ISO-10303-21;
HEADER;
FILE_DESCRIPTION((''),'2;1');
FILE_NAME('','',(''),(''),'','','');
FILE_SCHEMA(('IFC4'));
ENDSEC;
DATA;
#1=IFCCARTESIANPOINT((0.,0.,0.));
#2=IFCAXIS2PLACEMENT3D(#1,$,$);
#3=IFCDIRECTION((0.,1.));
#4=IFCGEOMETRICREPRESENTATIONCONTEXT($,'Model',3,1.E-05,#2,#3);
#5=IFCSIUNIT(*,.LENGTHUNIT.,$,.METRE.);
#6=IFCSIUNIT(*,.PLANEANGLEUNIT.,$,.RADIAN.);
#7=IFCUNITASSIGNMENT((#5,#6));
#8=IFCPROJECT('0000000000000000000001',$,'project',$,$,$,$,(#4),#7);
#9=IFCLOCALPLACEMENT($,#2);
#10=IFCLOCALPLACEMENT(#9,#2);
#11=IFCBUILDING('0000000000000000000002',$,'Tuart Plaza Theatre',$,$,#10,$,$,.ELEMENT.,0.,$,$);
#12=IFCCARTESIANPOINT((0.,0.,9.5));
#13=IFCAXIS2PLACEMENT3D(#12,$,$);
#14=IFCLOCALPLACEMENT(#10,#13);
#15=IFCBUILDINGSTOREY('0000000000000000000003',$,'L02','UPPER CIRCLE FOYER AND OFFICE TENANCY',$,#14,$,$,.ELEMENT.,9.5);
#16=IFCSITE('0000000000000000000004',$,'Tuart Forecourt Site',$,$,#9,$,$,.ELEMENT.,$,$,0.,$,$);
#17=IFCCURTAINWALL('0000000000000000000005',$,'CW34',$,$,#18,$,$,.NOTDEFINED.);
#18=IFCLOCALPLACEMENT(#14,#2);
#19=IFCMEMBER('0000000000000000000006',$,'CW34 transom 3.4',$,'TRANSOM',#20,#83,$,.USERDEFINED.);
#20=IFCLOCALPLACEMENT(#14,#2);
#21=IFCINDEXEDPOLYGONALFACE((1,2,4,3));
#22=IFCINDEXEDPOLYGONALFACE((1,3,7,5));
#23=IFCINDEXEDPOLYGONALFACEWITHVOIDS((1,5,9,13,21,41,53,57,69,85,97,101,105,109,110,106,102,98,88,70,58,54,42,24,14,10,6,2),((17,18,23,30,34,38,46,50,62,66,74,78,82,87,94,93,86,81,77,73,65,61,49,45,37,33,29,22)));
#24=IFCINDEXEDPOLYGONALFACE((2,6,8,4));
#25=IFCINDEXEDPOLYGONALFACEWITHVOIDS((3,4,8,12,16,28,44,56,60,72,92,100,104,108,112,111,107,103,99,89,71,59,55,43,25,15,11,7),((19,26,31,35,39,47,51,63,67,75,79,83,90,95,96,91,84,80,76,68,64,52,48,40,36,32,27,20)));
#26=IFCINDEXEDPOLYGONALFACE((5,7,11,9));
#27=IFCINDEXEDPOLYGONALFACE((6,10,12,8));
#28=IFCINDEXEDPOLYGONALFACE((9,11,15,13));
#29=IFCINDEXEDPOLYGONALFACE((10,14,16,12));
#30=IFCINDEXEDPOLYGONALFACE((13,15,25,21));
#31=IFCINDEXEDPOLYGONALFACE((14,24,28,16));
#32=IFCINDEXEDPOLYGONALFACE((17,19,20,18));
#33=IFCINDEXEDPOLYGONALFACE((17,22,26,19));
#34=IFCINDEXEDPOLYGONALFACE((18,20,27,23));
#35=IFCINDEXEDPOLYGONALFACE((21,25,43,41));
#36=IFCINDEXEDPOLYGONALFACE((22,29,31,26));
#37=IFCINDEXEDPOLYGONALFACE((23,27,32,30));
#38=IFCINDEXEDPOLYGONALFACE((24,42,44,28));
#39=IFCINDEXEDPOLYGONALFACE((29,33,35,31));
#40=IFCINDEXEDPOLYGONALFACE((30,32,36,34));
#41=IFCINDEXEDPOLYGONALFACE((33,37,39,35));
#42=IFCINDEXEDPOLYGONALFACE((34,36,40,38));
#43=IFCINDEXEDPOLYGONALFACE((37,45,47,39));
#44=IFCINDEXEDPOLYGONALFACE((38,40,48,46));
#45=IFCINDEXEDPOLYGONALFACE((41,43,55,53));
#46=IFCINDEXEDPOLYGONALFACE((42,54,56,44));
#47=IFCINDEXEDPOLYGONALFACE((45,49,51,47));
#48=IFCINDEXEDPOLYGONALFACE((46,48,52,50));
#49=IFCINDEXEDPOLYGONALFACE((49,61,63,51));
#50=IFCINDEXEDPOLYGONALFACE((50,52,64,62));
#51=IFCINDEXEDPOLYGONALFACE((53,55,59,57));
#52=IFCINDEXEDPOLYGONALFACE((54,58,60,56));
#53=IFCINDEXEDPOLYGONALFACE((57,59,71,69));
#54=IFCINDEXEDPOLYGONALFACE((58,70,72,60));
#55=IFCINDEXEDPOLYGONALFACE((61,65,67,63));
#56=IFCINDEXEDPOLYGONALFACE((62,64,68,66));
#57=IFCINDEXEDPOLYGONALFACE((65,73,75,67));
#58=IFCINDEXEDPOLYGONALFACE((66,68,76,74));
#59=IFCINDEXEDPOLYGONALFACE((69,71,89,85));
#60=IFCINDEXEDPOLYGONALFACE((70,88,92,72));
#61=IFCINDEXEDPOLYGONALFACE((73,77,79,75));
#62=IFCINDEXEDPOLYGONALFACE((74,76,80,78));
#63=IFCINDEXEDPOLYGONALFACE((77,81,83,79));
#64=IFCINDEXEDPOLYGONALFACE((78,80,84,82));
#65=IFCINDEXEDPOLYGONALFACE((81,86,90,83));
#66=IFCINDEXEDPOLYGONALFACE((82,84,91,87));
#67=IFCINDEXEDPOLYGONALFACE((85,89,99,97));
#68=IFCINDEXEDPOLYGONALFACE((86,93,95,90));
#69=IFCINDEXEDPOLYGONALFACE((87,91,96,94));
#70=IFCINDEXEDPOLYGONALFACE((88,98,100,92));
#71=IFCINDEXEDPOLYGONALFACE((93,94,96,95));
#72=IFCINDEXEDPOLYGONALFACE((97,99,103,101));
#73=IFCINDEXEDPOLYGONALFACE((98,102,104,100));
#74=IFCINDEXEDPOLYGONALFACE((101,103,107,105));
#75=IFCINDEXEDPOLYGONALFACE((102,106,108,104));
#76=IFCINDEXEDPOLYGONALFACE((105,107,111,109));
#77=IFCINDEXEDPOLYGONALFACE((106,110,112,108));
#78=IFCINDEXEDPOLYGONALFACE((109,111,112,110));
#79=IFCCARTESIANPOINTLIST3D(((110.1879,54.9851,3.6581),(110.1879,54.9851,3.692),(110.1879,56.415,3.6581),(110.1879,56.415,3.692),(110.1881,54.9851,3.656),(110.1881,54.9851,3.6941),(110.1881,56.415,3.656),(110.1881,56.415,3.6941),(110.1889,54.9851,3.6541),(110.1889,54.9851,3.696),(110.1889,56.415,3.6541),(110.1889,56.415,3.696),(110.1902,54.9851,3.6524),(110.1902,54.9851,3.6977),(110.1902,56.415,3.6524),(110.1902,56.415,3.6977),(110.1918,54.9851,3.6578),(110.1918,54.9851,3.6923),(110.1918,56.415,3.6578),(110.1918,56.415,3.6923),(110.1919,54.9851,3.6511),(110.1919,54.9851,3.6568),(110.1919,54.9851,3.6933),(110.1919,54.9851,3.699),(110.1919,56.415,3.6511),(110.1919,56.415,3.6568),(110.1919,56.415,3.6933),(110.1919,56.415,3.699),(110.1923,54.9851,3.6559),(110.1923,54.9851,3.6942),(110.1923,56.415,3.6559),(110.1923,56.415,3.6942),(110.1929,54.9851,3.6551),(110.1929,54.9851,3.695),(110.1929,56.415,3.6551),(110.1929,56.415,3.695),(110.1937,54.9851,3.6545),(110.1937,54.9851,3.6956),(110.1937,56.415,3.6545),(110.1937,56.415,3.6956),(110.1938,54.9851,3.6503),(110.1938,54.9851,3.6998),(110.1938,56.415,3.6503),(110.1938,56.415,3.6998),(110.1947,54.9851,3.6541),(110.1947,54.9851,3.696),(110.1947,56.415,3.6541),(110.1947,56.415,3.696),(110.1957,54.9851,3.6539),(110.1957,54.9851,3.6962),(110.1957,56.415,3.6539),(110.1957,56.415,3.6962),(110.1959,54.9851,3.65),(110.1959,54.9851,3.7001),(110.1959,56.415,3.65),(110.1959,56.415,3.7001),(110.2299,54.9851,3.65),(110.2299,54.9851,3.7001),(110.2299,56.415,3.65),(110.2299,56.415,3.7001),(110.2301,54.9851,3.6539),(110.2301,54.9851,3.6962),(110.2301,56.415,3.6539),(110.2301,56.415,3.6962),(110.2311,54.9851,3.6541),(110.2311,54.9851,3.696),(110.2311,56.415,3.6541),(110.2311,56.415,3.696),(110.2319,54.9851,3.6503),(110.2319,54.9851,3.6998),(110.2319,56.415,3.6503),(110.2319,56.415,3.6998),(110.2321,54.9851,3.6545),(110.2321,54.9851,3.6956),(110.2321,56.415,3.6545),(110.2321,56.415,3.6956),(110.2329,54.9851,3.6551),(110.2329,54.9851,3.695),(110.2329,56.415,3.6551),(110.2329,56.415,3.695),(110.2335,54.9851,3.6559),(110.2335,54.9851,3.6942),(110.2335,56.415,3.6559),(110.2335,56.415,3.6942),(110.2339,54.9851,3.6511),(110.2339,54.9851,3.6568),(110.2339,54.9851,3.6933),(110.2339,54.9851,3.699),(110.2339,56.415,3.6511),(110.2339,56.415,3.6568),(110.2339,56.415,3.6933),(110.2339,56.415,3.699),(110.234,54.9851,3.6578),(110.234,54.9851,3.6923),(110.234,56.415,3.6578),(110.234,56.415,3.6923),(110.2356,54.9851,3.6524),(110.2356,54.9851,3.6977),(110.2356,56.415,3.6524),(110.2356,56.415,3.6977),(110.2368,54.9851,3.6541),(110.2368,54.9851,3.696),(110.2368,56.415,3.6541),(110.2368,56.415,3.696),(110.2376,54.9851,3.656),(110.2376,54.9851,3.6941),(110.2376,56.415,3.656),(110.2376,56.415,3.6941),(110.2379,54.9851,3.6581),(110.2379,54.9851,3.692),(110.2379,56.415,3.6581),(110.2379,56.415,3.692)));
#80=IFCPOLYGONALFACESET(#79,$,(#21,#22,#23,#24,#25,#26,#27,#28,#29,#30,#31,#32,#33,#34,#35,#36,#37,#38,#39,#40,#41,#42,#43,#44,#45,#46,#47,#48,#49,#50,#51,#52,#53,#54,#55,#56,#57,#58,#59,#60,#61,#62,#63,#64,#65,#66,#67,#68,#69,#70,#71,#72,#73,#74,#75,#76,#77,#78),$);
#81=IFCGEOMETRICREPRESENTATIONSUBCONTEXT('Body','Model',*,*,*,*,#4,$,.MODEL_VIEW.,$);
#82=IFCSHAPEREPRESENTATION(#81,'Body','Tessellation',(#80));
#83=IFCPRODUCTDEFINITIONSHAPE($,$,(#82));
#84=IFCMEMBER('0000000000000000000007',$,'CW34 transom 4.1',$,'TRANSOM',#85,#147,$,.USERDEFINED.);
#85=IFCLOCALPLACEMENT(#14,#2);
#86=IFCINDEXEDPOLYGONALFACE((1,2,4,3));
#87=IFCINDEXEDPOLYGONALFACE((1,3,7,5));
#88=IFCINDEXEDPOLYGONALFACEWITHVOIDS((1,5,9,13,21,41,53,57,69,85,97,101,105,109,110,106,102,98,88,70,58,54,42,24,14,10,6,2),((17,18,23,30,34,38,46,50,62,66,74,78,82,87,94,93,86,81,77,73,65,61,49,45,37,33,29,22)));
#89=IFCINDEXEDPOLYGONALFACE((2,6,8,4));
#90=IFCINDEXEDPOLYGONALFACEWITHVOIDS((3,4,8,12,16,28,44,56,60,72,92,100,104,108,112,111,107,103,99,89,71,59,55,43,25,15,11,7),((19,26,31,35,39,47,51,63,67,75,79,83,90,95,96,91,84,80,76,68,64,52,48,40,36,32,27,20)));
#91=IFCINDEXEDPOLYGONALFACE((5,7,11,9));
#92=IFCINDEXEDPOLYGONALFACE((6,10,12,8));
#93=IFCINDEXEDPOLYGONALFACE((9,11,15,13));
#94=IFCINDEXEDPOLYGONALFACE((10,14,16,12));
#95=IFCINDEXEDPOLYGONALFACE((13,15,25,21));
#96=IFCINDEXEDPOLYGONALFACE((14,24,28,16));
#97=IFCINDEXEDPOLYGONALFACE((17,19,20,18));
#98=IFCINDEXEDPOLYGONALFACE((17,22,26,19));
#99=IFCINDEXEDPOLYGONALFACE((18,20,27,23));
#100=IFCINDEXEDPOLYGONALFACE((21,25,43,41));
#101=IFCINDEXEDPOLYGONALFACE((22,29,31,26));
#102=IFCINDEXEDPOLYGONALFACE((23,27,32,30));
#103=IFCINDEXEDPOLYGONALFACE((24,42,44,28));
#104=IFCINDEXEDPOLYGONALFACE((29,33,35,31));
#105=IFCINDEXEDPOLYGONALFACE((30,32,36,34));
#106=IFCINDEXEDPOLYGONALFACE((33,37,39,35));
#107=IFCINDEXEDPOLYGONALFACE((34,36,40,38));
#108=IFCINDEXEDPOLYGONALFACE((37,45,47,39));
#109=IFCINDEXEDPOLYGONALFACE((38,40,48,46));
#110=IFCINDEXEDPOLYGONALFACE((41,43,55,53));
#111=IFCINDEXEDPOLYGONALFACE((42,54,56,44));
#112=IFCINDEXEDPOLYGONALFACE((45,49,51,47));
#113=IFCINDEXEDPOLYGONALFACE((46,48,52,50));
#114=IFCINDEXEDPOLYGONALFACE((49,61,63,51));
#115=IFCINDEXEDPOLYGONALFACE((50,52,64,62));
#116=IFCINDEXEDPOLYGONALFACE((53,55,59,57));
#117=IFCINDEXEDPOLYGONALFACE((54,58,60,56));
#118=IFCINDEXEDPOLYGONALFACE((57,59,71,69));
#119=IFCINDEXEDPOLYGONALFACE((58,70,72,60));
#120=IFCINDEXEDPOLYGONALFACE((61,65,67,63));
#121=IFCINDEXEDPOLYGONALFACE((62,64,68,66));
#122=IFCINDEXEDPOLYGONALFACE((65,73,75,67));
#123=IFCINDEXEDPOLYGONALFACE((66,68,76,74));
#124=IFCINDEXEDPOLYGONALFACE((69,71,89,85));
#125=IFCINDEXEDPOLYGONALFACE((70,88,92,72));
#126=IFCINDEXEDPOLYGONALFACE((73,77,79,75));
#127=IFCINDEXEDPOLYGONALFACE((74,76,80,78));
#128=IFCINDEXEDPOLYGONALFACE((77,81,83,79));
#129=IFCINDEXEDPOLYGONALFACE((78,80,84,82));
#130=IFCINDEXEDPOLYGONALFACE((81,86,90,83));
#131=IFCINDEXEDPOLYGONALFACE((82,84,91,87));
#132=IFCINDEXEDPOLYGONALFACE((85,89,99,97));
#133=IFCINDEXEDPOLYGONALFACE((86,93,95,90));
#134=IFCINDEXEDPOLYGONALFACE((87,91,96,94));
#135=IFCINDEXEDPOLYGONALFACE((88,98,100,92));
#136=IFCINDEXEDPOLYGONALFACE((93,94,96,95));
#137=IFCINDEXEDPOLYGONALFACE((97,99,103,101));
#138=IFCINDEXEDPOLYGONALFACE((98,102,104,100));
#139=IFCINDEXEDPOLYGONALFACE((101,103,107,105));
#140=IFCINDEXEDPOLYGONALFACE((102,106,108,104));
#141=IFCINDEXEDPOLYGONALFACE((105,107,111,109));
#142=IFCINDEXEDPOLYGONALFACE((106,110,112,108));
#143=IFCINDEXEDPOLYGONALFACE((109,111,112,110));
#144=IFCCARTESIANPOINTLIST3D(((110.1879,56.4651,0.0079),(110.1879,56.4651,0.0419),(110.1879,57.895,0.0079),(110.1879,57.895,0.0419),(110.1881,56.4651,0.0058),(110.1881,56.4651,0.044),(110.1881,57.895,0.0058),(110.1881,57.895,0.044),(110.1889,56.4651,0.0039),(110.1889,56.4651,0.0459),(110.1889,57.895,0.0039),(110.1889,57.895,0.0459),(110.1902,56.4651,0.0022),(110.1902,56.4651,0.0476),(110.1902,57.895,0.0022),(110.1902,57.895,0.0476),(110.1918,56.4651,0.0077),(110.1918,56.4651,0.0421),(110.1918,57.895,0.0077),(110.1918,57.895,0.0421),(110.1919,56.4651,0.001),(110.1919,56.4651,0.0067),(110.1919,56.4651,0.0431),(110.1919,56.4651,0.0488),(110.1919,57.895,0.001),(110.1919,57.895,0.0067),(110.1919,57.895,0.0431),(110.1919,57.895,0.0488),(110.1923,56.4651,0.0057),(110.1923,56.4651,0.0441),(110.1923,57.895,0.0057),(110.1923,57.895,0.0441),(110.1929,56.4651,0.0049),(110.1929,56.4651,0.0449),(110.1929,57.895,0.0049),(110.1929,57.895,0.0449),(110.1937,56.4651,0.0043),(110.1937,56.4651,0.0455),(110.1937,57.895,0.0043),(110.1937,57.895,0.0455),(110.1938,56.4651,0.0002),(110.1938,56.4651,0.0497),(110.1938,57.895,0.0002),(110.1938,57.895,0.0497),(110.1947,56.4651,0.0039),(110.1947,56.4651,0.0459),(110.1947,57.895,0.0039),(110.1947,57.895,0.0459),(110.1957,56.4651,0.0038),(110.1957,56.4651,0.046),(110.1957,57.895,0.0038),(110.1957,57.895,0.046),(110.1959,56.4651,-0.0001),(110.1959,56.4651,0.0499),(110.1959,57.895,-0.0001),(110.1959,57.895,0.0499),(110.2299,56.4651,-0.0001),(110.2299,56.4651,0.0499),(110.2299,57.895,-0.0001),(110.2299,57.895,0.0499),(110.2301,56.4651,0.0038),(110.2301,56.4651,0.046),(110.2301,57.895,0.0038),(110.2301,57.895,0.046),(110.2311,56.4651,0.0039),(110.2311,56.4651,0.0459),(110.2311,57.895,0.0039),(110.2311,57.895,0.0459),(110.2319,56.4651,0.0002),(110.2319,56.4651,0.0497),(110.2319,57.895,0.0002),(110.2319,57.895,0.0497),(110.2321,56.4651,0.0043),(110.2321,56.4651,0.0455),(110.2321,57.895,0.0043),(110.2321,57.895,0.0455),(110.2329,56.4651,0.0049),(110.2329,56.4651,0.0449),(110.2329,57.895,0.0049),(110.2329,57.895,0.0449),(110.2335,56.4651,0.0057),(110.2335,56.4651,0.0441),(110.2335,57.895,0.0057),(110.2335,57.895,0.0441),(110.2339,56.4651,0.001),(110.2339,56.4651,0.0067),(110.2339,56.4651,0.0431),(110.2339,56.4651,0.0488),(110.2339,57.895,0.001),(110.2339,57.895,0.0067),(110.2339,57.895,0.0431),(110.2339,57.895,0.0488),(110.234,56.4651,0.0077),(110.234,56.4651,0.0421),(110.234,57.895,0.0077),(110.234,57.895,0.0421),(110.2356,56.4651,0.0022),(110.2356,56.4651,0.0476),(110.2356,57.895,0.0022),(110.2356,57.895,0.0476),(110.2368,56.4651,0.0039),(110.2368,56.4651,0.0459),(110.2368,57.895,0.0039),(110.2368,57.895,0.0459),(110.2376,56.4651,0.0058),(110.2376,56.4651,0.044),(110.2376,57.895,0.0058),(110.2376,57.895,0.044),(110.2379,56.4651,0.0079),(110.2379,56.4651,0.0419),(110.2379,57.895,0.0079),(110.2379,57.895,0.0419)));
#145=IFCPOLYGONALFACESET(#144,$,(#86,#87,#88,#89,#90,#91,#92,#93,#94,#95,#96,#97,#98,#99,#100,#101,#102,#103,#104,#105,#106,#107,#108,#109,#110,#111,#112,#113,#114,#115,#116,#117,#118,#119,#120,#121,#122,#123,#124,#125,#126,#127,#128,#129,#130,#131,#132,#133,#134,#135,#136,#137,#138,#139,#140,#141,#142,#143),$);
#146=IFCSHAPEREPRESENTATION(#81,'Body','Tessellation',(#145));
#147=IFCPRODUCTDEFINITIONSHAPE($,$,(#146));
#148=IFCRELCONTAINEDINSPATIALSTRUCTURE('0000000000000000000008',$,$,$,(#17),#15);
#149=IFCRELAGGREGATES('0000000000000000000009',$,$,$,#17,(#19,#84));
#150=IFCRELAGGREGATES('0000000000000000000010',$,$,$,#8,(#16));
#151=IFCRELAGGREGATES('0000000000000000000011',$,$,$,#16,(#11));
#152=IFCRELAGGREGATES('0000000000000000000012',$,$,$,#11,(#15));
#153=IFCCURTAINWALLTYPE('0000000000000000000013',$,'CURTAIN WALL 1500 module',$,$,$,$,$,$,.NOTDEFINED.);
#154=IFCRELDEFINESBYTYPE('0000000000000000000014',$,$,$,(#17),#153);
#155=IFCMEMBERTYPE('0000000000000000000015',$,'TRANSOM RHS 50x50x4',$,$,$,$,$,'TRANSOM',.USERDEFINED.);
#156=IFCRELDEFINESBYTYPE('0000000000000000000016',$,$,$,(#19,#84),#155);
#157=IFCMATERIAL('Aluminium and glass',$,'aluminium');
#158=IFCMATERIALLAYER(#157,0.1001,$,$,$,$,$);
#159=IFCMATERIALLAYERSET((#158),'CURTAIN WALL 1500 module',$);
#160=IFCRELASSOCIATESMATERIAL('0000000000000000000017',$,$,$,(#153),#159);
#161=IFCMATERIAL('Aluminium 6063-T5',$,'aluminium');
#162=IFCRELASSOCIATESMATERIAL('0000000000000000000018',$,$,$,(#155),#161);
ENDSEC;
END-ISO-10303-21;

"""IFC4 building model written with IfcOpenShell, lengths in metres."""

from ifc_helpers import new_model, si_unit, direction, frame, origin, origin_2d, place, context, subcontext, project, spatial, hollow_rectangle, extrude, material, layer, layer_set, material_profile, profile_set, type_object, element, aggregate, save


model = new_model("IFC4")

# Units and contexts
model_context = context("Model", 3, precision=1e-05, world=origin(), true_north=direction((0.0, 1.0)))
body_context = subcontext(model_context, "Body", "Model", "MODEL_VIEW")
ifc_project = project(units=[si_unit("LENGTHUNIT", "METRE"), si_unit("PLANEANGLEUNIT", "RADIAN")], contexts=[model_context])

# Site, building, storey
site_placement = place(None, origin())
site = spatial("IfcSite", under=ifc_project, at=site_placement, Name="Tuart Forecourt Site", CompositionType="ELEMENT", RefElevation=0.0)
building_placement = place(site_placement, origin())
building = spatial("IfcBuilding", under=site, at=building_placement, Name="Tuart Plaza Theatre", CompositionType="ELEMENT", ElevationOfRefHeight=0.0)
storey_placement = place(building_placement, frame((0.0, 0.0, 9.5)))
storey = spatial("IfcBuildingStorey", under=building, at=storey_placement, Name="L02", Description="UPPER CIRCLE FOYER AND OFFICE TENANCY", CompositionType="ELEMENT", Elevation=9.5)

# Curtain wall, members
ifc_material_1 = material(Name="Aluminium and glass", Category="aluminium")
ifc_layer_1 = layer(ifc_material_1, 0.1001)
ifc_layer_set_1 = layer_set([ifc_layer_1], Name="CURTAIN WALL 1500 module")
curtain_wall_type = type_object("IfcCurtainWallType", Name="CURTAIN WALL 1500 module", PredefinedType="NOTDEFINED", material=ifc_layer_set_1)
curtain_wall_placement = place(storey_placement, origin())
curtain_wall = element("IfcCurtainWall", 1, at=curtain_wall_placement, inside=storey, type_object=curtain_wall_type, Name="CW34", PredefinedType="NOTDEFINED")
ifc_material_2 = material(Name="Aluminium 6063-T5", Category="aluminium")
ifc_material_profile_1 = material_profile(ifc_material_2, hollow_rectangle(XDim=0.05, YDim=0.05, WallThickness=0.0039, InnerFilletRadius=0.0039, OuterFilletRadius=0.0081, at=origin_2d()), Name="RHS 50x50x4")
ifc_profile_set_1 = profile_set([ifc_material_profile_1], Name="Aluminium 6063-T5")
member_type_1 = type_object("IfcMemberType", Name="TRANSOM RHS 50x50x4", ElementType="TRANSOM", PredefinedType="USERDEFINED", material=ifc_profile_set_1)
member_1_placement = place(storey_placement, frame((110.2129, 54.9851, 3.675), z_axis=(0.0, 1.0, 0.0), x_axis=(-1.0, 0.0, 0.0)))
member_1 = element("IfcMember", 2, at=member_1_placement, type_object=member_type_1, Name="CW34 transom 3.4", ObjectType="TRANSOM", PredefinedType="USERDEFINED", context=body_context, shape_type="SweptSolid", body=[
    extrude(hollow_rectangle(XDim=0.05, YDim=0.05, WallThickness=0.0039, InnerFilletRadius=0.0039, OuterFilletRadius=0.0081, at=origin_2d()), origin(), (0.0, 0.0, 1.0), 1.4299),
])
member_2_placement = place(storey_placement, frame((110.2129, 56.4651, 0.0249), z_axis=(0.0, 1.0, 0.0), x_axis=(-1.0, 0.0, 0.0)))
member_2 = element("IfcMember", 3, at=member_2_placement, type_object=member_type_1, Name="CW34 transom 4.1", ObjectType="TRANSOM", PredefinedType="USERDEFINED", context=body_context, shape_type="SweptSolid", body=[
    extrude(hollow_rectangle(XDim=0.05, YDim=0.05, WallThickness=0.0039, InnerFilletRadius=0.0039, OuterFilletRadius=0.0081, at=origin_2d()), origin(), (0.0, 0.0, 1.0), 1.4299),
])
aggregate(curtain_wall, [member_1, member_2])

save(model, "model.ifc")
